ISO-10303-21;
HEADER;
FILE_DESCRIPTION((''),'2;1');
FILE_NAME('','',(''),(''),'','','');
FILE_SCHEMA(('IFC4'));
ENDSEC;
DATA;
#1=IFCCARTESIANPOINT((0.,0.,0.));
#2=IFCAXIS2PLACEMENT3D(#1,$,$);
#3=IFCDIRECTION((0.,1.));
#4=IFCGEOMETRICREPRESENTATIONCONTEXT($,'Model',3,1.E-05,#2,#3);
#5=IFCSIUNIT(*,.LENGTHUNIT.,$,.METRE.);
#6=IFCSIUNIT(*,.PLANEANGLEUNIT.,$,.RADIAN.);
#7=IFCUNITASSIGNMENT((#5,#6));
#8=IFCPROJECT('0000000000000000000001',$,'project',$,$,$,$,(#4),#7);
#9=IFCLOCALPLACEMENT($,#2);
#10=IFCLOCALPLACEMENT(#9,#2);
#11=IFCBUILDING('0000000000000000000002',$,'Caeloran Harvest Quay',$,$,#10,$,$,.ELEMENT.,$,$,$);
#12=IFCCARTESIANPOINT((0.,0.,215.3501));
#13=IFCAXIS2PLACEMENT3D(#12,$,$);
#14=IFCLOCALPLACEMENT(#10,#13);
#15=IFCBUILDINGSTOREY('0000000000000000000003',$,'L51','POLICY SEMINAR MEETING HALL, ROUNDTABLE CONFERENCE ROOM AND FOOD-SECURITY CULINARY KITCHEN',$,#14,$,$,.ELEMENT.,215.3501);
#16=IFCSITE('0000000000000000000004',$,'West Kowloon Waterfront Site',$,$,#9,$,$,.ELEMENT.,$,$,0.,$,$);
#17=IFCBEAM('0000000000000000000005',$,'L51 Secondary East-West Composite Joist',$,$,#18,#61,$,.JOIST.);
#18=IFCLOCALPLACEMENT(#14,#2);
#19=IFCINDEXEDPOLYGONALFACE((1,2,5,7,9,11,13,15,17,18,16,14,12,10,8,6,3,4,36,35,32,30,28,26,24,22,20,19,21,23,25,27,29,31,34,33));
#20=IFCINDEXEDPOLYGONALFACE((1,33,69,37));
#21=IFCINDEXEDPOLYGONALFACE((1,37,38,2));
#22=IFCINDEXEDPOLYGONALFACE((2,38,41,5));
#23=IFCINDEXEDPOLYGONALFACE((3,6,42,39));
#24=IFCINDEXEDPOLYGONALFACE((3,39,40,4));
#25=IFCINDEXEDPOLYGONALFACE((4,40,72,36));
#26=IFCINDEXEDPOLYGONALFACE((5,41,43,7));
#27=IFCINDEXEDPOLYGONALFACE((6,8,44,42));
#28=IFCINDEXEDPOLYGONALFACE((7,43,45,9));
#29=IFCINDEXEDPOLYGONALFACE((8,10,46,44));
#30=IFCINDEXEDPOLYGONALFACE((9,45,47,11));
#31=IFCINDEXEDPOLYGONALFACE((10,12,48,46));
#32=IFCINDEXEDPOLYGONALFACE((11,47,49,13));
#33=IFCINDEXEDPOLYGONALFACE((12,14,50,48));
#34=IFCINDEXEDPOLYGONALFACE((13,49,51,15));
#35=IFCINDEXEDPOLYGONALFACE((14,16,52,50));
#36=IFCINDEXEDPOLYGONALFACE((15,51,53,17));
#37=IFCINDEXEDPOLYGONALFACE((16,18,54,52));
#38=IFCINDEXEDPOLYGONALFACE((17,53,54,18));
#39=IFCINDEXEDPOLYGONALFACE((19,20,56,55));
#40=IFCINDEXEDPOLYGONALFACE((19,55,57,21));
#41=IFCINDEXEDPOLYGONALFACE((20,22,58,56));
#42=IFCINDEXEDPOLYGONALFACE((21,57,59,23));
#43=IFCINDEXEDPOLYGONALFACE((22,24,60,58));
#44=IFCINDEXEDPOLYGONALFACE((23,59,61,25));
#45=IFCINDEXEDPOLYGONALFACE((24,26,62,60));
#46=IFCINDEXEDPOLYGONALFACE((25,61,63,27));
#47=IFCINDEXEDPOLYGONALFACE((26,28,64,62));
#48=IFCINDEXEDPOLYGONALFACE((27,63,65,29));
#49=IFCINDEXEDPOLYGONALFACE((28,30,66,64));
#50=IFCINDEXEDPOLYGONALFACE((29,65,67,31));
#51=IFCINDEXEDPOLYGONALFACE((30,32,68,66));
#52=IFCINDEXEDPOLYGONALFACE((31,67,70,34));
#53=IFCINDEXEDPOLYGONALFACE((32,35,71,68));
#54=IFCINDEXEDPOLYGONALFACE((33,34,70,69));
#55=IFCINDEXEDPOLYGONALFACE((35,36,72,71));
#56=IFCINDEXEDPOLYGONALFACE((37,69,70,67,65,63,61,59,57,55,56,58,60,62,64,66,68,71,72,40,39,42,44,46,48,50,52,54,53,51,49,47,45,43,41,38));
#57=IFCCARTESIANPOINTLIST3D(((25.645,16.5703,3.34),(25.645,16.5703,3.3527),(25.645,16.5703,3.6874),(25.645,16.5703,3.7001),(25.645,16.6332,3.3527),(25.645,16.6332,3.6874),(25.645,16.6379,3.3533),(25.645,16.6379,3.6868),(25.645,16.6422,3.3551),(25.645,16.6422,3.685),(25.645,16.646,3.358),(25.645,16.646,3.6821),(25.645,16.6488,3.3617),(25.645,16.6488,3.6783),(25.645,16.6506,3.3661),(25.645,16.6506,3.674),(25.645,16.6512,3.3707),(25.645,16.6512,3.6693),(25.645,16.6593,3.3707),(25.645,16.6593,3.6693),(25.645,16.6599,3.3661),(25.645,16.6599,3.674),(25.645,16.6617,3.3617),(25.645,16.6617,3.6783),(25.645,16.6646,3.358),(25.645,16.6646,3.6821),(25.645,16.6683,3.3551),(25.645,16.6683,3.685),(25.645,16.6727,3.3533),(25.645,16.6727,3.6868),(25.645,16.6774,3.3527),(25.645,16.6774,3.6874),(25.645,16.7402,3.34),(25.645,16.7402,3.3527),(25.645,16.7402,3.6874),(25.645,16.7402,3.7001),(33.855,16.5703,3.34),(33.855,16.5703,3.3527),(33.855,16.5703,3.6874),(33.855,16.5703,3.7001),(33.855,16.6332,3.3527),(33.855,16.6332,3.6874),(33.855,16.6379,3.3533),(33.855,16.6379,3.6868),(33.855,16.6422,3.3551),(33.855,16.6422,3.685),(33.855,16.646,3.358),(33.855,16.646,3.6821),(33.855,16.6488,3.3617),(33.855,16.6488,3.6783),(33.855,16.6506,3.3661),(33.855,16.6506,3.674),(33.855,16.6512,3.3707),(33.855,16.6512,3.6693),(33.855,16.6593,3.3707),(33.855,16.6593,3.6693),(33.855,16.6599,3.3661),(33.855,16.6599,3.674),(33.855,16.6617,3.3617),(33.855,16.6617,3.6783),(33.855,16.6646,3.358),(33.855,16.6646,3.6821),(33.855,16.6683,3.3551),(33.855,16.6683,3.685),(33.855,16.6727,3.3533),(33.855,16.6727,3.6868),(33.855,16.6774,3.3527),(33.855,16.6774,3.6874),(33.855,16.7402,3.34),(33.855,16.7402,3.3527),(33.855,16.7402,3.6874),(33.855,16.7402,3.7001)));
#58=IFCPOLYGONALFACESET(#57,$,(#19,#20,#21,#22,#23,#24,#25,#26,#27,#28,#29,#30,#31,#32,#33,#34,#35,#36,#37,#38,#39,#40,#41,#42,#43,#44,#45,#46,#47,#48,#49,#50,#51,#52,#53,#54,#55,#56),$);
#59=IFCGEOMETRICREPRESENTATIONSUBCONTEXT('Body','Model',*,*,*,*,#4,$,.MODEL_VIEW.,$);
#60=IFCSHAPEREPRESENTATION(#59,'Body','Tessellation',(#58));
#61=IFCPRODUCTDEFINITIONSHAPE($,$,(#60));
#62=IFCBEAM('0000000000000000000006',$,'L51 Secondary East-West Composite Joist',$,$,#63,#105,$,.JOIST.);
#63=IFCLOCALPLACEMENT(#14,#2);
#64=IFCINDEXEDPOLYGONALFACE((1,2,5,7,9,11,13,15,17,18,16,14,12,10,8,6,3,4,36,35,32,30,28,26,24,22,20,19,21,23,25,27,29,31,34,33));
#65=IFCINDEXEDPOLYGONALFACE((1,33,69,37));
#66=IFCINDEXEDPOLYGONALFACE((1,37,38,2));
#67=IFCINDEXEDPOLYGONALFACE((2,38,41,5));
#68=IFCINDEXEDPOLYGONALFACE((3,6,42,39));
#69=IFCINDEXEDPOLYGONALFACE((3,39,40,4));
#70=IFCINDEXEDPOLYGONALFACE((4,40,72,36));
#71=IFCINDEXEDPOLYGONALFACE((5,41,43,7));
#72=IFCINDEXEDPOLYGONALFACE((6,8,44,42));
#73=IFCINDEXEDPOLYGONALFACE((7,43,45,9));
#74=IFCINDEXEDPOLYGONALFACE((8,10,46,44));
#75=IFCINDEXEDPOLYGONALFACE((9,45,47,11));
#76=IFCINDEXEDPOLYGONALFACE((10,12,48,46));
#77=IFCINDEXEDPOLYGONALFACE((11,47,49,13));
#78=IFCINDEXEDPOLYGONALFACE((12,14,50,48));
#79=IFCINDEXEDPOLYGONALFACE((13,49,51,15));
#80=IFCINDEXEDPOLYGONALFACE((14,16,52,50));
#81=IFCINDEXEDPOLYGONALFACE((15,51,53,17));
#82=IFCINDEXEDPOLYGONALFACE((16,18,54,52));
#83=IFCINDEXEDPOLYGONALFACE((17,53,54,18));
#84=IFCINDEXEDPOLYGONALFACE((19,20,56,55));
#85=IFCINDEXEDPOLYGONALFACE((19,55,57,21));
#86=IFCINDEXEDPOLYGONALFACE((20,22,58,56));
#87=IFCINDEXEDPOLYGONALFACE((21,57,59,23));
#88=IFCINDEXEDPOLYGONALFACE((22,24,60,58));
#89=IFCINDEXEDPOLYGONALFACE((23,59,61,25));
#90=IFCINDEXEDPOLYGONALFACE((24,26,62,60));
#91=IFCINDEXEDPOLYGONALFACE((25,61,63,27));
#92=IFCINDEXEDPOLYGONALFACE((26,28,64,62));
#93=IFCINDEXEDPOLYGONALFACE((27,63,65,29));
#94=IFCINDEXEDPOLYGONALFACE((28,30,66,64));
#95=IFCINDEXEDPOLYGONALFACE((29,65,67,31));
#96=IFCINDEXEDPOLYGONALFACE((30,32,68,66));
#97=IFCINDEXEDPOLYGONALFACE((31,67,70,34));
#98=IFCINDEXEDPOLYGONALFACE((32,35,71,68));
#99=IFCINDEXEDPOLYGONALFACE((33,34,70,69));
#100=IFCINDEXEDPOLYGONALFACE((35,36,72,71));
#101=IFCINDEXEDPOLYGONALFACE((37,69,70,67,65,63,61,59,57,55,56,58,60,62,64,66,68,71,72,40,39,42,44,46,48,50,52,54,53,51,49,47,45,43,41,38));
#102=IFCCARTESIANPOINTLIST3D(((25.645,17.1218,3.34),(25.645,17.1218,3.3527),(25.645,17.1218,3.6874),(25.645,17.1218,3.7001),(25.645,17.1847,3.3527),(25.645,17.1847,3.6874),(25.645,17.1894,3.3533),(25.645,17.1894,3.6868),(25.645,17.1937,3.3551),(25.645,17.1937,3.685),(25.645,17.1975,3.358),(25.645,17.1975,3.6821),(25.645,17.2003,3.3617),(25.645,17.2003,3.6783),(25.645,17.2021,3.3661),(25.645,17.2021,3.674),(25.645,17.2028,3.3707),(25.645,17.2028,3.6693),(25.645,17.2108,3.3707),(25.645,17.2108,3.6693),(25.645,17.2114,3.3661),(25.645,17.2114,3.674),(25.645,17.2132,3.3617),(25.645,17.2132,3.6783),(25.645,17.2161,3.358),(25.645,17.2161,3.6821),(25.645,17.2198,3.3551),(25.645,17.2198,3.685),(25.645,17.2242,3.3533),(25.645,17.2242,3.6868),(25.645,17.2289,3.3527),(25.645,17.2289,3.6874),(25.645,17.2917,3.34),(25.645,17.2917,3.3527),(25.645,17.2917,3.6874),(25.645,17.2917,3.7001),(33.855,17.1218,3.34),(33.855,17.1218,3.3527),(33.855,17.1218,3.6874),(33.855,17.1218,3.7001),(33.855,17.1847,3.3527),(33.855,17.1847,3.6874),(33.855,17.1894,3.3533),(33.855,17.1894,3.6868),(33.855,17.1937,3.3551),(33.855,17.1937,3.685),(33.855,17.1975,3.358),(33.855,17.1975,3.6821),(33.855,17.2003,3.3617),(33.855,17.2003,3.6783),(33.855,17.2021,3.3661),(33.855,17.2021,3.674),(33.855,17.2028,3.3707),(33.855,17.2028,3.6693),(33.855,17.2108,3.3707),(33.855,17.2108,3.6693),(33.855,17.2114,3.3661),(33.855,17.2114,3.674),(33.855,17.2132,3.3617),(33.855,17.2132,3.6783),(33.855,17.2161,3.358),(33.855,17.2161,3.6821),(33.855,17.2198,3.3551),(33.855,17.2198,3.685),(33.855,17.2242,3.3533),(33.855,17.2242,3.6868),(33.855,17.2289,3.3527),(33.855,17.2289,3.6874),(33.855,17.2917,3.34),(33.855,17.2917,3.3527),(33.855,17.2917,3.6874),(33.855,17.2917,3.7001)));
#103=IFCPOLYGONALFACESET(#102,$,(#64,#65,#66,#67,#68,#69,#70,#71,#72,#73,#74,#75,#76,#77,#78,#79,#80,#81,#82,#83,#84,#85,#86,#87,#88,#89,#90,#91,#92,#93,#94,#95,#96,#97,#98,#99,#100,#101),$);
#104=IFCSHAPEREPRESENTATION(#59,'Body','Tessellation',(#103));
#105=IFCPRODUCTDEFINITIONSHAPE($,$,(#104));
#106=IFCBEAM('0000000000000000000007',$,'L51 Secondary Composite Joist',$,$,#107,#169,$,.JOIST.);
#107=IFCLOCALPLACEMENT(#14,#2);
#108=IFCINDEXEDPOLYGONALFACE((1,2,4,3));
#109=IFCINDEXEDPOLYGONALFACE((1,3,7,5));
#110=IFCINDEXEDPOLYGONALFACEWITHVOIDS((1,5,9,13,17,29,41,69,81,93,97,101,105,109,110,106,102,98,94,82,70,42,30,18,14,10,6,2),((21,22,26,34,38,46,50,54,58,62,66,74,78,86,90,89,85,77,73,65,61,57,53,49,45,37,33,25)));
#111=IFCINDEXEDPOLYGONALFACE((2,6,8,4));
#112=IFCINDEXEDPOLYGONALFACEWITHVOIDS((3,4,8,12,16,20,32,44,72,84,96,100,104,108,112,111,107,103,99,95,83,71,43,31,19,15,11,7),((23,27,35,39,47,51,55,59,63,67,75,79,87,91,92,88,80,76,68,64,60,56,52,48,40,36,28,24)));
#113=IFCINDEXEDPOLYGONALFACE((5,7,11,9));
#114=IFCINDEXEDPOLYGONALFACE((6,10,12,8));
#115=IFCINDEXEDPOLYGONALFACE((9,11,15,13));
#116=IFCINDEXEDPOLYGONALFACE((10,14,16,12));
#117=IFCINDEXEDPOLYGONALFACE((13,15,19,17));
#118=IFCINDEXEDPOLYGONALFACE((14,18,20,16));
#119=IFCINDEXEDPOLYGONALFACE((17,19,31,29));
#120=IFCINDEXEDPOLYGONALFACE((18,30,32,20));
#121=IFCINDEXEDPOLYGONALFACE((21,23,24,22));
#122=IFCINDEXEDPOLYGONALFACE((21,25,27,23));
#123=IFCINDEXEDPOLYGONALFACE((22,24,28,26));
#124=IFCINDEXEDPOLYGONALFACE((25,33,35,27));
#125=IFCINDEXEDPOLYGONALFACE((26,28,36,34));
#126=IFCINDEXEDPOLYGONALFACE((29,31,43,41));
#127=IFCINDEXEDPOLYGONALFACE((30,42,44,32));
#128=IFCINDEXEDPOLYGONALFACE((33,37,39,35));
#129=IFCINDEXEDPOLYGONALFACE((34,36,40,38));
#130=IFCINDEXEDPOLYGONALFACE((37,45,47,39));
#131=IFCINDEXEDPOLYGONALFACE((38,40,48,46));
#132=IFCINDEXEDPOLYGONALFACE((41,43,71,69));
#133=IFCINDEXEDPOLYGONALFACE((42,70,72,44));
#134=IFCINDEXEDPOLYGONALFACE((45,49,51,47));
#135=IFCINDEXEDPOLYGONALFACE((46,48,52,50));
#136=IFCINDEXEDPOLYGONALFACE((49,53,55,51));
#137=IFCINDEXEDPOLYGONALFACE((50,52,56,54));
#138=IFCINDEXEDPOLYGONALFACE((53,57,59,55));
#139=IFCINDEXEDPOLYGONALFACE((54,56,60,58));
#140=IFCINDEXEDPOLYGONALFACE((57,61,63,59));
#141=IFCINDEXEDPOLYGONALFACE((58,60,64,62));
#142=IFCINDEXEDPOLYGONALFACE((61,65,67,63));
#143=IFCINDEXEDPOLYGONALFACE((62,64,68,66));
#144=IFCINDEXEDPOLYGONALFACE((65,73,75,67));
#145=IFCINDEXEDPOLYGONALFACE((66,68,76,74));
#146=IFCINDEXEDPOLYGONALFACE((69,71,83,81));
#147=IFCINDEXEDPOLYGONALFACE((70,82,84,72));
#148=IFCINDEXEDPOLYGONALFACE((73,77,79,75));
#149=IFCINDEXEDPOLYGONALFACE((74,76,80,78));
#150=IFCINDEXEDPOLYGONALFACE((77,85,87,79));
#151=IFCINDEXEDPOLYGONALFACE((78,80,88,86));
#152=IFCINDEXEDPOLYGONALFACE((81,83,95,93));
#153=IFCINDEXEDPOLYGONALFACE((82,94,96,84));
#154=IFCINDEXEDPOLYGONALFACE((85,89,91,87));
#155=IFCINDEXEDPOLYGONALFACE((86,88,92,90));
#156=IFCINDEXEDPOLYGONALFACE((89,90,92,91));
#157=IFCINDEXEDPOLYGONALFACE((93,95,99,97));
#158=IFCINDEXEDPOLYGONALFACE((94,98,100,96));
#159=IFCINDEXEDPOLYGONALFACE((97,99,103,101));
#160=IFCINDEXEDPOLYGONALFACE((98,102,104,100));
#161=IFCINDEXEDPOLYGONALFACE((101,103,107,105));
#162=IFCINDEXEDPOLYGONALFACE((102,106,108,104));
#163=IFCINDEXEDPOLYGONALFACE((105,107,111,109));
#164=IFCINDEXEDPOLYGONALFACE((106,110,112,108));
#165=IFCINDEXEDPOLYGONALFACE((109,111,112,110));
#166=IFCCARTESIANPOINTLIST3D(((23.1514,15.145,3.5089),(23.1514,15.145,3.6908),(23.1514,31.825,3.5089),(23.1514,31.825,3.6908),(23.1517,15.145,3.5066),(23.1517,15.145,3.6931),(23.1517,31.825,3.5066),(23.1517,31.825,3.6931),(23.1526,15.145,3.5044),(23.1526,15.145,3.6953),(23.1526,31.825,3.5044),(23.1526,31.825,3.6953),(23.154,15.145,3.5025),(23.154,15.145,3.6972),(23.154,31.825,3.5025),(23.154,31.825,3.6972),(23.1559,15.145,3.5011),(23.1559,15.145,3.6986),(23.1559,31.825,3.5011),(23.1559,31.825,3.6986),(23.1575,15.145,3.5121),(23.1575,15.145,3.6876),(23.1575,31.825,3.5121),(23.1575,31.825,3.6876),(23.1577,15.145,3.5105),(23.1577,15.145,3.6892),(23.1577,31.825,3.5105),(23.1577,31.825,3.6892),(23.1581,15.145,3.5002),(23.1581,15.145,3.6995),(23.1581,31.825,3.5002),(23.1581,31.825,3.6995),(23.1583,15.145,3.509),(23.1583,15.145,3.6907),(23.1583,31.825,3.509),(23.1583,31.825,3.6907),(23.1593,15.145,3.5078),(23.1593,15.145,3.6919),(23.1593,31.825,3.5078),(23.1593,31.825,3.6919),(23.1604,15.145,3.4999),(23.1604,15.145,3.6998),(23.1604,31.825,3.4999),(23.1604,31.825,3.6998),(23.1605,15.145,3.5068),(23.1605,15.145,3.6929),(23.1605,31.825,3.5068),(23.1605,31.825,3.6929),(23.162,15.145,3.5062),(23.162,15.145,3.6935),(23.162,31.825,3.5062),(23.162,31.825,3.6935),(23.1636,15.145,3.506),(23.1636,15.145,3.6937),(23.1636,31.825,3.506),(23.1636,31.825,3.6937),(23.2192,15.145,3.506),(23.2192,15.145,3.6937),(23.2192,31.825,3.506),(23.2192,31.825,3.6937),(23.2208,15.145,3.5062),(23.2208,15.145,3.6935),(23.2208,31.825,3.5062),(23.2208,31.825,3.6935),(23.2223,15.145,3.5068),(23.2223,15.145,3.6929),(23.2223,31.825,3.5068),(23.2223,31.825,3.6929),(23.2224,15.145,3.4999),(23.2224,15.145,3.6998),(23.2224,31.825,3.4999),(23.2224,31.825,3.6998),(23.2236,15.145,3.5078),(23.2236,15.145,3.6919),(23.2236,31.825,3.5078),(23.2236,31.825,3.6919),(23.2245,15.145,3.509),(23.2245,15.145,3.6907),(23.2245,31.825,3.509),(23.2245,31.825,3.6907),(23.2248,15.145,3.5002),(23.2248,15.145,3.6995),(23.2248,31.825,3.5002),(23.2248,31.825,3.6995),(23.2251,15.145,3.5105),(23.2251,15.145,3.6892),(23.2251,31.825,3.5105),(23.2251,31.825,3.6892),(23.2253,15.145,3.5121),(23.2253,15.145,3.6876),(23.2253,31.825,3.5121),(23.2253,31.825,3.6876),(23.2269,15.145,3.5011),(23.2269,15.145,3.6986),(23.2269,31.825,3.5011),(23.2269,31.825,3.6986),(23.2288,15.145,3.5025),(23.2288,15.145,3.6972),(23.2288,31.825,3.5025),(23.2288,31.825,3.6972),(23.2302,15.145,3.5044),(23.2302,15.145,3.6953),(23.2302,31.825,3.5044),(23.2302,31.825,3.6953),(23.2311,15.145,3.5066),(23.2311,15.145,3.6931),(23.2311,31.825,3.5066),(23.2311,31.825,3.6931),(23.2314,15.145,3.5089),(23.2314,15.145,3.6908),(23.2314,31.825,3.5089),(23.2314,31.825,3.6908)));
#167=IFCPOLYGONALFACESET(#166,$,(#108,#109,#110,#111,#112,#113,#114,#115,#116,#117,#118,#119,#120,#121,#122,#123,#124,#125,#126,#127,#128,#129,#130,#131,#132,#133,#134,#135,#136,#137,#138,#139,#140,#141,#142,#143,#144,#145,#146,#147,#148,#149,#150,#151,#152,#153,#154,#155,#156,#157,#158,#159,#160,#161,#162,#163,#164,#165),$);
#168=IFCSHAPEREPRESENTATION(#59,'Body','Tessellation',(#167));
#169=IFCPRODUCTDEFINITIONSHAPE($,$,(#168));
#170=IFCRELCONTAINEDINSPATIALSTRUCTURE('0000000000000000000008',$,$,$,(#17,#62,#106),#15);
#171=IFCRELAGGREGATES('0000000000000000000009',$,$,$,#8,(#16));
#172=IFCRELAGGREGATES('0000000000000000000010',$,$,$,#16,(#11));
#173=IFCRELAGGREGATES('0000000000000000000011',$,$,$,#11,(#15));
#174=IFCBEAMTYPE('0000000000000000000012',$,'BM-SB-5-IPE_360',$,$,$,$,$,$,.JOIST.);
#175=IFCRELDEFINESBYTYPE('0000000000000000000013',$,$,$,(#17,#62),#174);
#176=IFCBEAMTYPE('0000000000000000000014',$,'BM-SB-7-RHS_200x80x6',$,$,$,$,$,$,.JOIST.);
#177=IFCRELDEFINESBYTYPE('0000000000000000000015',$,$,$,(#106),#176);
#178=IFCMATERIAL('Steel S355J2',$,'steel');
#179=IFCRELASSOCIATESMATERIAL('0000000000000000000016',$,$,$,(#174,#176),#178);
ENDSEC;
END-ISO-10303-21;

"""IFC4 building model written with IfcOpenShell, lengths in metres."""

from ifc_helpers import new_model, si_unit, direction, frame, origin, origin_2d, place, context, subcontext, project, spatial, hollow_rectangle, i_section, extrude, material, material_profile, profile_set, type_object, element, save


model = new_model("IFC4")

# Units and contexts
model_context = context("Model", 3, precision=1e-05, world=origin(), true_north=direction((0.0, 1.0)))
body_context = subcontext(model_context, "Body", "Model", "MODEL_VIEW")
ifc_project = project(units=[si_unit("LENGTHUNIT", "METRE"), si_unit("PLANEANGLEUNIT", "RADIAN")], contexts=[model_context])

# Site, building, storey
site_placement = place(None, origin())
site = spatial("IfcSite", under=ifc_project, at=site_placement, Name="West Kowloon Waterfront Site", CompositionType="ELEMENT", RefElevation=0.0)
building_placement = place(site_placement, origin())
building = spatial("IfcBuilding", under=site, at=building_placement, Name="Caeloran Harvest Quay", CompositionType="ELEMENT")
storey_placement = place(building_placement, frame((0.0, 0.0, 215.3501)))
storey = spatial("IfcBuildingStorey", under=building, at=storey_placement, Name="L51", Description="POLICY SEMINAR MEETING HALL, ROUNDTABLE CONFERENCE ROOM AND FOOD-SECURITY CULINARY KITCHEN", CompositionType="ELEMENT", Elevation=215.3501)

# Beams
ifc_material_1 = material(Name="Steel S355J2", Category="steel")
ifc_material_profile_1 = material_profile(ifc_material_1, i_section(OverallWidth=0.1699, OverallDepth=0.3601, WebThickness=0.0081, FlangeThickness=0.0127, FilletRadius=0.0181, at=origin_2d()), Name="IPE 360")
ifc_profile_set_1 = profile_set([ifc_material_profile_1], Name="Steel S355J2")
beam_type_1 = type_object("IfcBeamType", Name="BM-SB-5-IPE_360", PredefinedType="JOIST", material=ifc_profile_set_1)
for number, where, z_axis, x_axis, name in (
    (1, (25.645, 16.6553, 3.52), (1.0, 0.0, 0.0), (0.0, 1.0, 0.0), "L51 Secondary East-West Composite Joist"),
    (2, (25.645, 17.2068, 3.52), (1.0, 0.0, 0.0), (0.0, 1.0, 0.0), "L51 Secondary East-West Composite Joist"),
):
    element("IfcBeam", number, at=place(storey_placement, frame(where, z_axis=z_axis, x_axis=x_axis)), inside=storey, type_object=beam_type_1, Name=name, PredefinedType="JOIST", context=body_context, shape_type="SweptSolid", body=[
        extrude(i_section(OverallWidth=0.1699, OverallDepth=0.3601, WebThickness=0.0081, FlangeThickness=0.0127, FilletRadius=0.0181, at=origin_2d()), origin(), (0.0, 0.0, 1.0), 8.21),
    ])
ifc_material_profile_2 = material_profile(ifc_material_1, hollow_rectangle(XDim=0.0801, YDim=0.2, WallThickness=0.0061, InnerFilletRadius=0.0061, OuterFilletRadius=0.009, at=origin_2d()), Name="RHS 200x80x6")
ifc_profile_set_2 = profile_set([ifc_material_profile_2], Name="Steel S355J2")
beam_type_2 = type_object("IfcBeamType", Name="BM-SB-7-RHS_200x80x6", PredefinedType="JOIST", material=ifc_profile_set_2)
beam_1_placement = place(storey_placement, frame((23.1914, 15.145, 3.5999), z_axis=(0.0, 1.0, 0.0), x_axis=(-1.0, 0.0, 0.0)))
element("IfcBeam", 3, at=beam_1_placement, inside=storey, type_object=beam_type_2, Name="L51 Secondary Composite Joist", PredefinedType="JOIST", context=body_context, shape_type="SweptSolid", body=[
    extrude(hollow_rectangle(XDim=0.0801, YDim=0.2, WallThickness=0.0061, InnerFilletRadius=0.0061, OuterFilletRadius=0.009, at=origin_2d()), origin(), (0.0, 0.0, 1.0), 16.6799),
])

save(model, "model.ifc")
